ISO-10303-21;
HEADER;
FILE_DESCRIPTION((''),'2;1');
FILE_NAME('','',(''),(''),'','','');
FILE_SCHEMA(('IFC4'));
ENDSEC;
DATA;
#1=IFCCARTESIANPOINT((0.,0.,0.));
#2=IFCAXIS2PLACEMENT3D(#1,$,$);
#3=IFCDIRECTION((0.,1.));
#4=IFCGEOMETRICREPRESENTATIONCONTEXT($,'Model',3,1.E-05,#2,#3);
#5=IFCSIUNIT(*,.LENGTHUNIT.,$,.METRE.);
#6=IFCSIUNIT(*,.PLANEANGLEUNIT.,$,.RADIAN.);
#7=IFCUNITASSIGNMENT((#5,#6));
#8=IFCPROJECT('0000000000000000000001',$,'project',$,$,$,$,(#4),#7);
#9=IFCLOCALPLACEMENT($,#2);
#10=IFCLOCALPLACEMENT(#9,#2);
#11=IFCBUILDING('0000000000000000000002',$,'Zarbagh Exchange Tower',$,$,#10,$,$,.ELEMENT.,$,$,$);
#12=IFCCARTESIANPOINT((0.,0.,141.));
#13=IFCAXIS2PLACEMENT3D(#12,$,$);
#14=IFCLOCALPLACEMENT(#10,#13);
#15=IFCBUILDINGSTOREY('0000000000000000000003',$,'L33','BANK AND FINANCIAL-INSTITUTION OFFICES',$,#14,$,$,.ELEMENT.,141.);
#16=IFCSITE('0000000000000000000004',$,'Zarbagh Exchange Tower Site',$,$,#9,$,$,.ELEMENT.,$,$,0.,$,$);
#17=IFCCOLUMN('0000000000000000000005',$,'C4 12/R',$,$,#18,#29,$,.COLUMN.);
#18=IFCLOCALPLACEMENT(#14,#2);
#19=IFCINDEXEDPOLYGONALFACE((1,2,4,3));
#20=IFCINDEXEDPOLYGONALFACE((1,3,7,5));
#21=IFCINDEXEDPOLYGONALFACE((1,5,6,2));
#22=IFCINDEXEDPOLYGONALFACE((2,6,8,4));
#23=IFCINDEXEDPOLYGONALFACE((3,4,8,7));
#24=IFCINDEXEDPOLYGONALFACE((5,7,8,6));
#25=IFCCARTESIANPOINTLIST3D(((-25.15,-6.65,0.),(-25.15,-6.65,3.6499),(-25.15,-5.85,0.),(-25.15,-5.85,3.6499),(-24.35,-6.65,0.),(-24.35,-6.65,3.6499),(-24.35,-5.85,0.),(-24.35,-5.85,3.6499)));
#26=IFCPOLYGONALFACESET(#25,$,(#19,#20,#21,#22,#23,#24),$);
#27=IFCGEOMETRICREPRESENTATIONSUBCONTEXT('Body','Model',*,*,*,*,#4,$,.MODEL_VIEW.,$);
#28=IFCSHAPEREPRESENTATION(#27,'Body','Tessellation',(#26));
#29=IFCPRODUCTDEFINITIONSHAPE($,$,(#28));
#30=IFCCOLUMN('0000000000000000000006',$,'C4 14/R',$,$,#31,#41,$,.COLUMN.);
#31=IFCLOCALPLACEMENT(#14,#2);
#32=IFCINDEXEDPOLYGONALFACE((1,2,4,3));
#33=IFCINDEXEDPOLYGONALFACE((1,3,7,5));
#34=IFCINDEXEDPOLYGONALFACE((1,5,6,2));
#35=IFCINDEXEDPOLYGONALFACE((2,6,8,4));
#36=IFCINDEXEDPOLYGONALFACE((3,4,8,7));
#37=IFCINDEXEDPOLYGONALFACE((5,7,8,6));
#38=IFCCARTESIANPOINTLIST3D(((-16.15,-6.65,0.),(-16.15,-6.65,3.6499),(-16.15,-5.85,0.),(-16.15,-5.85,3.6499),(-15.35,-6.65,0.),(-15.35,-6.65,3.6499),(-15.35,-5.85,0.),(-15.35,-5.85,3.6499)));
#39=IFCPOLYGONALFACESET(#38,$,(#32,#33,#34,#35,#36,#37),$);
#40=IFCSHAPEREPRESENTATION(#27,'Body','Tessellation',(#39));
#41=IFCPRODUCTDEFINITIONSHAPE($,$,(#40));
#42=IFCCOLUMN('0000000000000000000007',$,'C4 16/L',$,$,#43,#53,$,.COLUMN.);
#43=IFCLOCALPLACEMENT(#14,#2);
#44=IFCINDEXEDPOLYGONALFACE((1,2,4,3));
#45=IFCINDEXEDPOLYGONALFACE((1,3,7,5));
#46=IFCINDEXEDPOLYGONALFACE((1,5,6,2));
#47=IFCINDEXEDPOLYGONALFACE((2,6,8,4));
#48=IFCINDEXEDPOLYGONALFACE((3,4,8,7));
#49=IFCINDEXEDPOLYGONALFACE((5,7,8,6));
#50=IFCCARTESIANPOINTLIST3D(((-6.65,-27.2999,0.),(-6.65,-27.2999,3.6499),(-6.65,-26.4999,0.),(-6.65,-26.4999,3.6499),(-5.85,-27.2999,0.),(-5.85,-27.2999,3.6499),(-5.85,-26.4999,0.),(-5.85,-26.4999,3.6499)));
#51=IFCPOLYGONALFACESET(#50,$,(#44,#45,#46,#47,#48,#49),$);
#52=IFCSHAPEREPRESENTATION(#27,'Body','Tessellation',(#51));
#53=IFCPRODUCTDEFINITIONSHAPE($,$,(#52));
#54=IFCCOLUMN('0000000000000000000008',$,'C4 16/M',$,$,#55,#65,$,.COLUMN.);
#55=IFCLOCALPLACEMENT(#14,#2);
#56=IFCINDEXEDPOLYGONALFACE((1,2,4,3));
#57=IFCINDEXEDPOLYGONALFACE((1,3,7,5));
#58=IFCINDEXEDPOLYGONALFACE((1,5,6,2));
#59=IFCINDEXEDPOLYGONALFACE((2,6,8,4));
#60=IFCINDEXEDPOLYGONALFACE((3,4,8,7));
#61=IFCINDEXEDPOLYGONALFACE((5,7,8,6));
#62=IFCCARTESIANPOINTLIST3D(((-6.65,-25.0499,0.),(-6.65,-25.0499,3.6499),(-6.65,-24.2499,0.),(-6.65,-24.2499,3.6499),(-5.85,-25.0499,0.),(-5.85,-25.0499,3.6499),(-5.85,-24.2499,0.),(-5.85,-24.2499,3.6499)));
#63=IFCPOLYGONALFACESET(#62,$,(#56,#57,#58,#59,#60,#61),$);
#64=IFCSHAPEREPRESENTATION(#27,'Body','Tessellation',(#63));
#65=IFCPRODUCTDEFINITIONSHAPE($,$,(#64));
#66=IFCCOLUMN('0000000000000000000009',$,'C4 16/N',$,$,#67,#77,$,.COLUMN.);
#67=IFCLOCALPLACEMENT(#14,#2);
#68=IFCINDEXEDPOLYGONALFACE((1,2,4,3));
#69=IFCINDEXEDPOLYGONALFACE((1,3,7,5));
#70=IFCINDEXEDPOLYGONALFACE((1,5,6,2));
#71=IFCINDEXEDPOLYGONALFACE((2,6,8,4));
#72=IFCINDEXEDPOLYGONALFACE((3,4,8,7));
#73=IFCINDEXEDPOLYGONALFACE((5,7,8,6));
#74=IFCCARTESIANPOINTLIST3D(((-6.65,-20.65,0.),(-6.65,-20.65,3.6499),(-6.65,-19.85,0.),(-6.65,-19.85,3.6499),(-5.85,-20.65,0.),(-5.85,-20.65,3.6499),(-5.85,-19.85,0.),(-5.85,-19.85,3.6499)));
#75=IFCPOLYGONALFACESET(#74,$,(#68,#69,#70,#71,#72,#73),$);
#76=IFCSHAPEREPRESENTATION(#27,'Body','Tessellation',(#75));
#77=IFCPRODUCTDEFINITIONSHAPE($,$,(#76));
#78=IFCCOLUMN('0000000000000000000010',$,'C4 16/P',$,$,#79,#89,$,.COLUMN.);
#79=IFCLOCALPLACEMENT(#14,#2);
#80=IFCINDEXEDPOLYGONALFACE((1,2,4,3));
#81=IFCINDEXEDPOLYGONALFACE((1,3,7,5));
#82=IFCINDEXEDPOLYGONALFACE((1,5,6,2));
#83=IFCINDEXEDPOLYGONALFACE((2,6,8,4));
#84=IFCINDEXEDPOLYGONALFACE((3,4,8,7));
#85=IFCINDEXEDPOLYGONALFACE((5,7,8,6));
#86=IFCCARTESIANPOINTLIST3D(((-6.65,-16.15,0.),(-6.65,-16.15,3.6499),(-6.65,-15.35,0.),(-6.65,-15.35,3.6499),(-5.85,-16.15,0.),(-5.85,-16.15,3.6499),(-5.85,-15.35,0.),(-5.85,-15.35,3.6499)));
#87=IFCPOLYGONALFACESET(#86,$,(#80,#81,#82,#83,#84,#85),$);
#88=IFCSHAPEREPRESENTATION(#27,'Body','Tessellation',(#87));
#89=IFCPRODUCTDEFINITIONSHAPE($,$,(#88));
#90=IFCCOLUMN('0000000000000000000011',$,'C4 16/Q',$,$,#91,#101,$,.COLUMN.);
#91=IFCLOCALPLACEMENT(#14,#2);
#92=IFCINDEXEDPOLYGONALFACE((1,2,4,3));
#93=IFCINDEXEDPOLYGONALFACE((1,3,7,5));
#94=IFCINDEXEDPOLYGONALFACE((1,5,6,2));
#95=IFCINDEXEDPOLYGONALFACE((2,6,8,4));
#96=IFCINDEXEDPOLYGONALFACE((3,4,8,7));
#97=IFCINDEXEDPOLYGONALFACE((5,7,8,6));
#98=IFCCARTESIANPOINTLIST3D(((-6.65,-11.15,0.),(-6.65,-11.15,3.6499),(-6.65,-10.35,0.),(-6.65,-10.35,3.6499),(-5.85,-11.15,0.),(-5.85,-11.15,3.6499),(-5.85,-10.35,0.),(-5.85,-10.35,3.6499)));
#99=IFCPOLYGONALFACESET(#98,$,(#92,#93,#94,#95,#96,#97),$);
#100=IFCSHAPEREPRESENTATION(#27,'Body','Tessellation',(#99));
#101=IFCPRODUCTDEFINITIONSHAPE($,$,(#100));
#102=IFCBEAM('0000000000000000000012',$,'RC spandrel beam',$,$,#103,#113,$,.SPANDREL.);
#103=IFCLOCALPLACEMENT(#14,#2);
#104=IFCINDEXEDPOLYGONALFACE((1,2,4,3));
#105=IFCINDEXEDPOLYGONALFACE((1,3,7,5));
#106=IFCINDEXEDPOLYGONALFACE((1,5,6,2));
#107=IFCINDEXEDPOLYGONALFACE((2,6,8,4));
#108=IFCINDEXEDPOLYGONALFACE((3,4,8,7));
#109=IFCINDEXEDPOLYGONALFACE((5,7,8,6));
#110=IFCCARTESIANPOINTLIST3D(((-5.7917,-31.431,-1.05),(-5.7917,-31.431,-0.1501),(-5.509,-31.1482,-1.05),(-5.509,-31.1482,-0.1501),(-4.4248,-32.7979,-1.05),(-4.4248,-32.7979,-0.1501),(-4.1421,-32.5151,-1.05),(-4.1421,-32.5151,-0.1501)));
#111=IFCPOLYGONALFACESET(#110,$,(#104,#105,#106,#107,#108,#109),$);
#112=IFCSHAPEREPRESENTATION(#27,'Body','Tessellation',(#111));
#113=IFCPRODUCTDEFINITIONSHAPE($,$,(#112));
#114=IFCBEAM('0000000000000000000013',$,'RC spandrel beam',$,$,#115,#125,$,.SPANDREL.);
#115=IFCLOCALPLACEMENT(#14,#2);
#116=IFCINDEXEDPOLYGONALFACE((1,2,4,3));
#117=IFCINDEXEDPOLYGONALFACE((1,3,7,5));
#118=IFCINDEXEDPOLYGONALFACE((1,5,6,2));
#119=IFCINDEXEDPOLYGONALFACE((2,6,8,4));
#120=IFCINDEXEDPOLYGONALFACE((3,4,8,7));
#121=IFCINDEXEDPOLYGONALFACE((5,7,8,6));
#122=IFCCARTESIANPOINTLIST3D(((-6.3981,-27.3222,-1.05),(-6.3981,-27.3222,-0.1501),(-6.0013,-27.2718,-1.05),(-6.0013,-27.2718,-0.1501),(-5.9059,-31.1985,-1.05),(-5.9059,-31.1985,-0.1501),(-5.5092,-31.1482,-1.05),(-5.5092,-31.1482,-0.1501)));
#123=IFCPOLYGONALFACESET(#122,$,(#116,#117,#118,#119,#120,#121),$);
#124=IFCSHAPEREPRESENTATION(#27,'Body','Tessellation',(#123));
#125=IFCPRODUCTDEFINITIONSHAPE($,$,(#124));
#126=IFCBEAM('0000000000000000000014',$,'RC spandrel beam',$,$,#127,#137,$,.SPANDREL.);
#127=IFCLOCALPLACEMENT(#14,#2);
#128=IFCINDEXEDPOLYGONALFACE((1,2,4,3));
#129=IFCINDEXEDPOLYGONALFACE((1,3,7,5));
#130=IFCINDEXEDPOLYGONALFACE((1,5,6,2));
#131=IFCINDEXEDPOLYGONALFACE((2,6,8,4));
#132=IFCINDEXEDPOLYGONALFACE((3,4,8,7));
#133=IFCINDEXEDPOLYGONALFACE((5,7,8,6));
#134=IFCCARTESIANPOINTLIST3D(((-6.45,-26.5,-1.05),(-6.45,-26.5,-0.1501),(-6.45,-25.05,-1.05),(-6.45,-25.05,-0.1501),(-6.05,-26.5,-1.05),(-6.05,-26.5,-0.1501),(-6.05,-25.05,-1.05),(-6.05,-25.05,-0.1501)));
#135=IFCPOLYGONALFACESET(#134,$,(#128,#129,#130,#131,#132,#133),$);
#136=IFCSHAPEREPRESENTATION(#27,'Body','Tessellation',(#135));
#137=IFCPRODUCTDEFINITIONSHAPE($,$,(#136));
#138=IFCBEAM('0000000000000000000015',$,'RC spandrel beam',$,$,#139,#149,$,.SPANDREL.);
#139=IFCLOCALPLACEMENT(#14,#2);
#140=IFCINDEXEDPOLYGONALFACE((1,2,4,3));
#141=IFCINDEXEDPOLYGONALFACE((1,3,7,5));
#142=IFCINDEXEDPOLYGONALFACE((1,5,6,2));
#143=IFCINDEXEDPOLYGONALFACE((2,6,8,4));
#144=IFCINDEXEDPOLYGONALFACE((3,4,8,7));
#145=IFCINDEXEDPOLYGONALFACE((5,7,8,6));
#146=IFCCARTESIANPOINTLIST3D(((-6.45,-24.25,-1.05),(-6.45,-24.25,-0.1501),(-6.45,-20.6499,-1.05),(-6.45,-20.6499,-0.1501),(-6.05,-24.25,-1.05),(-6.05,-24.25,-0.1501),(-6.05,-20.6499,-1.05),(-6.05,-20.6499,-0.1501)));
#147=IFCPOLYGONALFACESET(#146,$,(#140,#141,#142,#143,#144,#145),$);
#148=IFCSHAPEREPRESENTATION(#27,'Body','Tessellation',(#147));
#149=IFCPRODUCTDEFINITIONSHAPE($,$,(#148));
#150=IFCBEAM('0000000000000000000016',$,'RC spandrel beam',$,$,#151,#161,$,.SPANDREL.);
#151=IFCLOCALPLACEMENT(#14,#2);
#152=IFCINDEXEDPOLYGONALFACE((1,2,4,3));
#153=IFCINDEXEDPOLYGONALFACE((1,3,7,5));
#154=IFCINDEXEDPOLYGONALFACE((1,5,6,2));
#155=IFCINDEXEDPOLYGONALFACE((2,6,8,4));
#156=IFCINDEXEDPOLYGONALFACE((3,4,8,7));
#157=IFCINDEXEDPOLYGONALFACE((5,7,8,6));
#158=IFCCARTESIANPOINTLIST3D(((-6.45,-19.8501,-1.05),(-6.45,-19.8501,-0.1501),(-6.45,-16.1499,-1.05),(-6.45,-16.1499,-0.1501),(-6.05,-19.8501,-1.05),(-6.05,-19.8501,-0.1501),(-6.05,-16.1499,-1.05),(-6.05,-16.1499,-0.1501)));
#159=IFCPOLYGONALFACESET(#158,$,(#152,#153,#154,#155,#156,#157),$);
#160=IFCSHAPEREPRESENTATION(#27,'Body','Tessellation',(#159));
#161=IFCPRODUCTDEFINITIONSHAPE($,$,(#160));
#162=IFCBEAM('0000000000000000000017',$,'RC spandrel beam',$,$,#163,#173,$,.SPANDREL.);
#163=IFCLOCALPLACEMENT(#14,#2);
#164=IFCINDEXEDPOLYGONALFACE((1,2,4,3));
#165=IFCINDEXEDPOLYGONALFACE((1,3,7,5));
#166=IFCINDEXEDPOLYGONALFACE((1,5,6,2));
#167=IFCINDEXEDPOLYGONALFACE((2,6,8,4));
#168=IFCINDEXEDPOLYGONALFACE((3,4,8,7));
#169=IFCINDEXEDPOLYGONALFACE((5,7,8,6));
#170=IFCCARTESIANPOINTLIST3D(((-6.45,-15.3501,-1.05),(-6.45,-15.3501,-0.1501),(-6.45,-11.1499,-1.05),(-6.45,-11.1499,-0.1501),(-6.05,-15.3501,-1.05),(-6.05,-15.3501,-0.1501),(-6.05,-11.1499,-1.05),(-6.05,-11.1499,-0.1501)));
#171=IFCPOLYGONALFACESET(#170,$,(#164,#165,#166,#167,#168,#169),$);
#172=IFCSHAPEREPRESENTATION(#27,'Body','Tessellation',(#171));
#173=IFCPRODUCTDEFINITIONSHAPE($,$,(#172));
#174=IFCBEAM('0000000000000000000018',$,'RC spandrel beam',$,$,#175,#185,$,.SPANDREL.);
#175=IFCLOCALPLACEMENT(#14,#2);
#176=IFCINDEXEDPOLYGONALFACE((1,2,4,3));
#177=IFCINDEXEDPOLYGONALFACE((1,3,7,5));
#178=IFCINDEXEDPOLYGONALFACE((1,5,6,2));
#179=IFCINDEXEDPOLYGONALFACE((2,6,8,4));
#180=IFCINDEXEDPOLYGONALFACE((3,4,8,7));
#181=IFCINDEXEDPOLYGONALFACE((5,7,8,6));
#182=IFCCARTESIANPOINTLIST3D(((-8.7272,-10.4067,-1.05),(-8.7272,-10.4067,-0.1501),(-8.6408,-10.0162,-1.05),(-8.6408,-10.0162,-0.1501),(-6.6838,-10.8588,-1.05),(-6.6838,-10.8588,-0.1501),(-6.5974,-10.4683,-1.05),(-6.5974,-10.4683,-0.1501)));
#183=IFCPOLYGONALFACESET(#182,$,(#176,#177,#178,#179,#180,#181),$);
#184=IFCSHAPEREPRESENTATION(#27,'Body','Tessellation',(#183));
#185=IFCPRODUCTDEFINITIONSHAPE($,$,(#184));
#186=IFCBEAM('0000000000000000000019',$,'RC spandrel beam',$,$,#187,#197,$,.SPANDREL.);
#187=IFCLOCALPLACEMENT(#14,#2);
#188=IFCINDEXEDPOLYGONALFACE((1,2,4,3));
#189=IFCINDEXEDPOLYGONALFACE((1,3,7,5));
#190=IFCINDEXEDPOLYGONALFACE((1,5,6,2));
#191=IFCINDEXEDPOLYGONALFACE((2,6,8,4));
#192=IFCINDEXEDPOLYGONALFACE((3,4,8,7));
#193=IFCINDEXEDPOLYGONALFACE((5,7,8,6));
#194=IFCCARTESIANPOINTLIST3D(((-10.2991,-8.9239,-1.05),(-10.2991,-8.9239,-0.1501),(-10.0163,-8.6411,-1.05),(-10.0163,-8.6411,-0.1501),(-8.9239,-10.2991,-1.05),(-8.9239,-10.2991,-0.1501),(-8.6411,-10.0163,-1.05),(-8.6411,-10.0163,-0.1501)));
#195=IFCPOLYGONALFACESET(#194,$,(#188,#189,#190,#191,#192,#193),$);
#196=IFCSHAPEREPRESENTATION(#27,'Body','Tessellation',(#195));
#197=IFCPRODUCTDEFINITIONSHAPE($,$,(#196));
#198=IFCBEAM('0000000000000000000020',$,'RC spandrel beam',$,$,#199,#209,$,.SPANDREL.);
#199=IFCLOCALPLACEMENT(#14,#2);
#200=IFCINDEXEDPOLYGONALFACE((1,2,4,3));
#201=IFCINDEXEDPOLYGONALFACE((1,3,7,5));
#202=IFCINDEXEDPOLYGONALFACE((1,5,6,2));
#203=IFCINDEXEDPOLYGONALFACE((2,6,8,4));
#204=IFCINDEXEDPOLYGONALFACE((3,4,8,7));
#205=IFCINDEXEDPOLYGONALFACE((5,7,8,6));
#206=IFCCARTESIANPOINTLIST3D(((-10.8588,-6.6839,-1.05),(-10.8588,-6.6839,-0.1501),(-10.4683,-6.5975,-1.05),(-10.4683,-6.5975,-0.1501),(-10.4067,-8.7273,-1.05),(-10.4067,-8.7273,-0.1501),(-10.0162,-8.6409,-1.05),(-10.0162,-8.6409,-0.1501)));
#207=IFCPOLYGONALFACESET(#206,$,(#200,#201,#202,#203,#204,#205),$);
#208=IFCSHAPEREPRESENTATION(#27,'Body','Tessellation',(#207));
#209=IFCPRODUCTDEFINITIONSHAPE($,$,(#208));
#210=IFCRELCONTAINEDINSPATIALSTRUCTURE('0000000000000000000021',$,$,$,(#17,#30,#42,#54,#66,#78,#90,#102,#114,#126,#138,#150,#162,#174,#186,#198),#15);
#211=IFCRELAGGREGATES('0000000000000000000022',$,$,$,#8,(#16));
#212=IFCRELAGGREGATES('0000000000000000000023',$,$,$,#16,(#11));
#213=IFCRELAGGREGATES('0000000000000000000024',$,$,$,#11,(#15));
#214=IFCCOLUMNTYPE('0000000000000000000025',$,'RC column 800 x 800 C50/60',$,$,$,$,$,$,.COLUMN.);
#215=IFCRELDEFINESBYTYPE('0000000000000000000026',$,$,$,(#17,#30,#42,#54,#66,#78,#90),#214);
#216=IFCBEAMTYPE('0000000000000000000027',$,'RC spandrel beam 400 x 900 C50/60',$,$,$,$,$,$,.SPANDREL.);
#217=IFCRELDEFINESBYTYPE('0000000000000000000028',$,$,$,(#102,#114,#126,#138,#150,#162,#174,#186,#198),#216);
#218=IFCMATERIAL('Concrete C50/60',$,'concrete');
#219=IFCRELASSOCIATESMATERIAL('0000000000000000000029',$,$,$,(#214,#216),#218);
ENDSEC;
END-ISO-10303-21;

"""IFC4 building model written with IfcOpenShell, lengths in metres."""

from ifc_helpers import new_model, si_unit, direction, frame, origin, origin_2d, place, context, subcontext, project, spatial, rectangle, extrude, material, material_profile, profile_set, type_object, element, save


model = new_model("IFC4")

# Units and contexts
model_context = context("Model", 3, precision=1e-05, world=origin(), true_north=direction((0.0, 1.0)))
body_context = subcontext(model_context, "Body", "Model", "MODEL_VIEW")
ifc_project = project(units=[si_unit("LENGTHUNIT", "METRE"), si_unit("PLANEANGLEUNIT", "RADIAN")], contexts=[model_context])

# Site, building, storey
site_placement = place(None, origin())
site = spatial("IfcSite", under=ifc_project, at=site_placement, Name="Zarbagh Exchange Tower Site", CompositionType="ELEMENT", RefElevation=0.0)
building_placement = place(site_placement, origin())
building = spatial("IfcBuilding", under=site, at=building_placement, Name="Zarbagh Exchange Tower", CompositionType="ELEMENT")
storey_placement = place(building_placement, frame((0.0, 0.0, 141.0)))
storey = spatial("IfcBuildingStorey", under=building, at=storey_placement, Name="L33", Description="BANK AND FINANCIAL-INSTITUTION OFFICES", CompositionType="ELEMENT", Elevation=141.0)

# Columns
ifc_material_1 = material(Name="Concrete C50/60", Category="concrete")
ifc_material_profile_1 = material_profile(ifc_material_1, rectangle(XDim=0.8, YDim=0.8, at=origin_2d()), Name="RC column 800 x 800 C50/60")
ifc_profile_set_1 = profile_set([ifc_material_profile_1], Name="Concrete C50/60")
column_type = type_object("IfcColumnType", Name="RC column 800 x 800 C50/60", PredefinedType="COLUMN", material=ifc_profile_set_1)
for number, where, z_axis, x_axis, name in (
    (1, (-24.75, -6.25, 0.0), (0.0, 0.0, 1.0), (1.0, 0.0, 0.0), "C4 12/R"),
    (2, (-15.75, -6.25, 0.0), (0.0, 0.0, 1.0), (1.0, 0.0, 0.0), "C4 14/R"),
    (3, (-6.25, -26.8999, 0.0), (0.0, 0.0, 1.0), (1.0, 0.0, 0.0), "C4 16/L"),
    (4, (-6.25, -24.6499, 0.0), (0.0, 0.0, 1.0), (1.0, 0.0, 0.0), "C4 16/M"),
    (5, (-6.25, -20.25, 0.0), (0.0, 0.0, 1.0), (1.0, 0.0, 0.0), "C4 16/N"),
    (6, (-6.25, -15.75, 0.0), (0.0, 0.0, 1.0), (1.0, 0.0, 0.0), "C4 16/P"),
    (7, (-6.25, -10.75, 0.0), (0.0, 0.0, 1.0), (1.0, 0.0, 0.0), "C4 16/Q"),
):
    element("IfcColumn", number, at=place(storey_placement, frame(where, z_axis=z_axis, x_axis=x_axis)), inside=storey, type_object=column_type, Name=name, PredefinedType="COLUMN", context=body_context, shape_type="SweptSolid", body=[
        extrude(rectangle(XDim=0.8, YDim=0.8, at=origin_2d()), origin(), (0.0, 0.0, 1.0), 3.6499),
    ])

# Beams
ifc_material_profile_2 = material_profile(ifc_material_1, rectangle(XDim=0.3999, YDim=0.8999, at=origin_2d()), Name="RC spandrel beam 400 x 900 C50/60")
ifc_profile_set_2 = profile_set([ifc_material_profile_2], Name="Concrete C50/60")
beam_type = type_object("IfcBeamType", Name="RC spandrel beam 400 x 900 C50/60", PredefinedType="SPANDREL", material=ifc_profile_set_2)
beam_1_placement = place(storey_placement, frame((-4.2834, -32.6565, -0.6001), z_axis=(-0.707107, 0.707107, 0.0), x_axis=(-0.707107, -0.707107, 0.0)))
element("IfcBeam", 8, at=beam_1_placement, inside=storey, type_object=beam_type, Name="RC spandrel beam", PredefinedType="SPANDREL", context=body_context, shape_type="SweptSolid", body=[
    extrude(rectangle(XDim=0.3999, YDim=0.8999, at=origin_2d()), origin(), (0.0, 0.0, 1.0), 1.9331),
])
beam_2_placement = place(storey_placement, frame((-5.7075, -31.1733, -0.6001), z_axis=(-0.125957, 0.992036, 0.0), x_axis=(-0.992036, -0.125957, 0.0)))
element("IfcBeam", 9, at=beam_2_placement, inside=storey, type_object=beam_type, Name="RC spandrel beam", PredefinedType="SPANDREL", context=body_context, shape_type="SweptSolid", body=[
    extrude(rectangle(XDim=0.3999, YDim=0.8999, at=origin_2d()), origin(), (0.0, 0.0, 1.0), 3.9075),
])
beam_3_placement = place(storey_placement, frame((-6.25, -26.5, -0.6001), z_axis=(0.0, 1.0, 0.0), x_axis=(-1.0, 0.0, 0.0)))
element("IfcBeam", 10, at=beam_3_placement, inside=storey, type_object=beam_type, Name="RC spandrel beam", PredefinedType="SPANDREL", context=body_context, shape_type="SweptSolid", body=[
    extrude(rectangle(XDim=0.3999, YDim=0.8999, at=origin_2d()), origin(), (0.0, 0.0, 1.0), 1.45),
])
beam_4_placement = place(storey_placement, frame((-6.25, -24.25, -0.6001), z_axis=(0.0, 1.0, 0.0), x_axis=(-1.0, 0.0, 0.0)))
element("IfcBeam", 11, at=beam_4_placement, inside=storey, type_object=beam_type, Name="RC spandrel beam", PredefinedType="SPANDREL", context=body_context, shape_type="SweptSolid", body=[
    extrude(rectangle(XDim=0.3999, YDim=0.8999, at=origin_2d()), origin(), (0.0, 0.0, 1.0), 3.6001),
])
beam_5_placement = place(storey_placement, frame((-6.25, -19.8501, -0.6001), z_axis=(0.0, 1.0, 0.0), x_axis=(-1.0, 0.0, 0.0)))
element("IfcBeam", 12, at=beam_5_placement, inside=storey, type_object=beam_type, Name="RC spandrel beam", PredefinedType="SPANDREL", context=body_context, shape_type="SweptSolid", body=[
    extrude(rectangle(XDim=0.3999, YDim=0.8999, at=origin_2d()), origin(), (0.0, 0.0, 1.0), 3.7002),
])
beam_6_placement = place(storey_placement, frame((-6.25, -15.3501, -0.6001), z_axis=(0.0, 1.0, 0.0), x_axis=(-1.0, 0.0, 0.0)))
element("IfcBeam", 13, at=beam_6_placement, inside=storey, type_object=beam_type, Name="RC spandrel beam", PredefinedType="SPANDREL", context=body_context, shape_type="SweptSolid", body=[
    extrude(rectangle(XDim=0.3999, YDim=0.8999, at=origin_2d()), origin(), (0.0, 0.0, 1.0), 4.2002),
])
beam_7_placement = place(storey_placement, frame((-6.6406, -10.6636, -0.6001), z_axis=(-0.976384, 0.216041, 0.0), x_axis=(-0.216041, -0.976384, 0.0)))
element("IfcBeam", 14, at=beam_7_placement, inside=storey, type_object=beam_type, Name="RC spandrel beam", PredefinedType="SPANDREL", context=body_context, shape_type="SweptSolid", body=[
    extrude(rectangle(XDim=0.3999, YDim=0.8999, at=origin_2d()), origin(), (0.0, 0.0, 1.0), 2.0928),
])
beam_8_placement = place(storey_placement, frame((-8.7825, -10.1577, -0.6001), z_axis=(-0.707107, 0.707107, 0.0), x_axis=(-0.707107, -0.707107, 0.0)))
element("IfcBeam", 15, at=beam_8_placement, inside=storey, type_object=beam_type, Name="RC spandrel beam", PredefinedType="SPANDREL", context=body_context, shape_type="SweptSolid", body=[
    extrude(rectangle(XDim=0.3999, YDim=0.8999, at=origin_2d()), origin(), (0.0, 0.0, 1.0), 1.9448),
])
beam_9_placement = place(storey_placement, frame((-10.2114, -8.6841, -0.6001), z_axis=(-0.216041, 0.976384, 0.0), x_axis=(-0.976384, -0.216041, 0.0)))
element("IfcBeam", 16, at=beam_9_placement, inside=storey, type_object=beam_type, Name="RC spandrel beam", PredefinedType="SPANDREL", context=body_context, shape_type="SweptSolid", body=[
    extrude(rectangle(XDim=0.3999, YDim=0.8999, at=origin_2d()), origin(), (0.0, 0.0, 1.0), 2.0928),
])

save(model, "model.ifc")
